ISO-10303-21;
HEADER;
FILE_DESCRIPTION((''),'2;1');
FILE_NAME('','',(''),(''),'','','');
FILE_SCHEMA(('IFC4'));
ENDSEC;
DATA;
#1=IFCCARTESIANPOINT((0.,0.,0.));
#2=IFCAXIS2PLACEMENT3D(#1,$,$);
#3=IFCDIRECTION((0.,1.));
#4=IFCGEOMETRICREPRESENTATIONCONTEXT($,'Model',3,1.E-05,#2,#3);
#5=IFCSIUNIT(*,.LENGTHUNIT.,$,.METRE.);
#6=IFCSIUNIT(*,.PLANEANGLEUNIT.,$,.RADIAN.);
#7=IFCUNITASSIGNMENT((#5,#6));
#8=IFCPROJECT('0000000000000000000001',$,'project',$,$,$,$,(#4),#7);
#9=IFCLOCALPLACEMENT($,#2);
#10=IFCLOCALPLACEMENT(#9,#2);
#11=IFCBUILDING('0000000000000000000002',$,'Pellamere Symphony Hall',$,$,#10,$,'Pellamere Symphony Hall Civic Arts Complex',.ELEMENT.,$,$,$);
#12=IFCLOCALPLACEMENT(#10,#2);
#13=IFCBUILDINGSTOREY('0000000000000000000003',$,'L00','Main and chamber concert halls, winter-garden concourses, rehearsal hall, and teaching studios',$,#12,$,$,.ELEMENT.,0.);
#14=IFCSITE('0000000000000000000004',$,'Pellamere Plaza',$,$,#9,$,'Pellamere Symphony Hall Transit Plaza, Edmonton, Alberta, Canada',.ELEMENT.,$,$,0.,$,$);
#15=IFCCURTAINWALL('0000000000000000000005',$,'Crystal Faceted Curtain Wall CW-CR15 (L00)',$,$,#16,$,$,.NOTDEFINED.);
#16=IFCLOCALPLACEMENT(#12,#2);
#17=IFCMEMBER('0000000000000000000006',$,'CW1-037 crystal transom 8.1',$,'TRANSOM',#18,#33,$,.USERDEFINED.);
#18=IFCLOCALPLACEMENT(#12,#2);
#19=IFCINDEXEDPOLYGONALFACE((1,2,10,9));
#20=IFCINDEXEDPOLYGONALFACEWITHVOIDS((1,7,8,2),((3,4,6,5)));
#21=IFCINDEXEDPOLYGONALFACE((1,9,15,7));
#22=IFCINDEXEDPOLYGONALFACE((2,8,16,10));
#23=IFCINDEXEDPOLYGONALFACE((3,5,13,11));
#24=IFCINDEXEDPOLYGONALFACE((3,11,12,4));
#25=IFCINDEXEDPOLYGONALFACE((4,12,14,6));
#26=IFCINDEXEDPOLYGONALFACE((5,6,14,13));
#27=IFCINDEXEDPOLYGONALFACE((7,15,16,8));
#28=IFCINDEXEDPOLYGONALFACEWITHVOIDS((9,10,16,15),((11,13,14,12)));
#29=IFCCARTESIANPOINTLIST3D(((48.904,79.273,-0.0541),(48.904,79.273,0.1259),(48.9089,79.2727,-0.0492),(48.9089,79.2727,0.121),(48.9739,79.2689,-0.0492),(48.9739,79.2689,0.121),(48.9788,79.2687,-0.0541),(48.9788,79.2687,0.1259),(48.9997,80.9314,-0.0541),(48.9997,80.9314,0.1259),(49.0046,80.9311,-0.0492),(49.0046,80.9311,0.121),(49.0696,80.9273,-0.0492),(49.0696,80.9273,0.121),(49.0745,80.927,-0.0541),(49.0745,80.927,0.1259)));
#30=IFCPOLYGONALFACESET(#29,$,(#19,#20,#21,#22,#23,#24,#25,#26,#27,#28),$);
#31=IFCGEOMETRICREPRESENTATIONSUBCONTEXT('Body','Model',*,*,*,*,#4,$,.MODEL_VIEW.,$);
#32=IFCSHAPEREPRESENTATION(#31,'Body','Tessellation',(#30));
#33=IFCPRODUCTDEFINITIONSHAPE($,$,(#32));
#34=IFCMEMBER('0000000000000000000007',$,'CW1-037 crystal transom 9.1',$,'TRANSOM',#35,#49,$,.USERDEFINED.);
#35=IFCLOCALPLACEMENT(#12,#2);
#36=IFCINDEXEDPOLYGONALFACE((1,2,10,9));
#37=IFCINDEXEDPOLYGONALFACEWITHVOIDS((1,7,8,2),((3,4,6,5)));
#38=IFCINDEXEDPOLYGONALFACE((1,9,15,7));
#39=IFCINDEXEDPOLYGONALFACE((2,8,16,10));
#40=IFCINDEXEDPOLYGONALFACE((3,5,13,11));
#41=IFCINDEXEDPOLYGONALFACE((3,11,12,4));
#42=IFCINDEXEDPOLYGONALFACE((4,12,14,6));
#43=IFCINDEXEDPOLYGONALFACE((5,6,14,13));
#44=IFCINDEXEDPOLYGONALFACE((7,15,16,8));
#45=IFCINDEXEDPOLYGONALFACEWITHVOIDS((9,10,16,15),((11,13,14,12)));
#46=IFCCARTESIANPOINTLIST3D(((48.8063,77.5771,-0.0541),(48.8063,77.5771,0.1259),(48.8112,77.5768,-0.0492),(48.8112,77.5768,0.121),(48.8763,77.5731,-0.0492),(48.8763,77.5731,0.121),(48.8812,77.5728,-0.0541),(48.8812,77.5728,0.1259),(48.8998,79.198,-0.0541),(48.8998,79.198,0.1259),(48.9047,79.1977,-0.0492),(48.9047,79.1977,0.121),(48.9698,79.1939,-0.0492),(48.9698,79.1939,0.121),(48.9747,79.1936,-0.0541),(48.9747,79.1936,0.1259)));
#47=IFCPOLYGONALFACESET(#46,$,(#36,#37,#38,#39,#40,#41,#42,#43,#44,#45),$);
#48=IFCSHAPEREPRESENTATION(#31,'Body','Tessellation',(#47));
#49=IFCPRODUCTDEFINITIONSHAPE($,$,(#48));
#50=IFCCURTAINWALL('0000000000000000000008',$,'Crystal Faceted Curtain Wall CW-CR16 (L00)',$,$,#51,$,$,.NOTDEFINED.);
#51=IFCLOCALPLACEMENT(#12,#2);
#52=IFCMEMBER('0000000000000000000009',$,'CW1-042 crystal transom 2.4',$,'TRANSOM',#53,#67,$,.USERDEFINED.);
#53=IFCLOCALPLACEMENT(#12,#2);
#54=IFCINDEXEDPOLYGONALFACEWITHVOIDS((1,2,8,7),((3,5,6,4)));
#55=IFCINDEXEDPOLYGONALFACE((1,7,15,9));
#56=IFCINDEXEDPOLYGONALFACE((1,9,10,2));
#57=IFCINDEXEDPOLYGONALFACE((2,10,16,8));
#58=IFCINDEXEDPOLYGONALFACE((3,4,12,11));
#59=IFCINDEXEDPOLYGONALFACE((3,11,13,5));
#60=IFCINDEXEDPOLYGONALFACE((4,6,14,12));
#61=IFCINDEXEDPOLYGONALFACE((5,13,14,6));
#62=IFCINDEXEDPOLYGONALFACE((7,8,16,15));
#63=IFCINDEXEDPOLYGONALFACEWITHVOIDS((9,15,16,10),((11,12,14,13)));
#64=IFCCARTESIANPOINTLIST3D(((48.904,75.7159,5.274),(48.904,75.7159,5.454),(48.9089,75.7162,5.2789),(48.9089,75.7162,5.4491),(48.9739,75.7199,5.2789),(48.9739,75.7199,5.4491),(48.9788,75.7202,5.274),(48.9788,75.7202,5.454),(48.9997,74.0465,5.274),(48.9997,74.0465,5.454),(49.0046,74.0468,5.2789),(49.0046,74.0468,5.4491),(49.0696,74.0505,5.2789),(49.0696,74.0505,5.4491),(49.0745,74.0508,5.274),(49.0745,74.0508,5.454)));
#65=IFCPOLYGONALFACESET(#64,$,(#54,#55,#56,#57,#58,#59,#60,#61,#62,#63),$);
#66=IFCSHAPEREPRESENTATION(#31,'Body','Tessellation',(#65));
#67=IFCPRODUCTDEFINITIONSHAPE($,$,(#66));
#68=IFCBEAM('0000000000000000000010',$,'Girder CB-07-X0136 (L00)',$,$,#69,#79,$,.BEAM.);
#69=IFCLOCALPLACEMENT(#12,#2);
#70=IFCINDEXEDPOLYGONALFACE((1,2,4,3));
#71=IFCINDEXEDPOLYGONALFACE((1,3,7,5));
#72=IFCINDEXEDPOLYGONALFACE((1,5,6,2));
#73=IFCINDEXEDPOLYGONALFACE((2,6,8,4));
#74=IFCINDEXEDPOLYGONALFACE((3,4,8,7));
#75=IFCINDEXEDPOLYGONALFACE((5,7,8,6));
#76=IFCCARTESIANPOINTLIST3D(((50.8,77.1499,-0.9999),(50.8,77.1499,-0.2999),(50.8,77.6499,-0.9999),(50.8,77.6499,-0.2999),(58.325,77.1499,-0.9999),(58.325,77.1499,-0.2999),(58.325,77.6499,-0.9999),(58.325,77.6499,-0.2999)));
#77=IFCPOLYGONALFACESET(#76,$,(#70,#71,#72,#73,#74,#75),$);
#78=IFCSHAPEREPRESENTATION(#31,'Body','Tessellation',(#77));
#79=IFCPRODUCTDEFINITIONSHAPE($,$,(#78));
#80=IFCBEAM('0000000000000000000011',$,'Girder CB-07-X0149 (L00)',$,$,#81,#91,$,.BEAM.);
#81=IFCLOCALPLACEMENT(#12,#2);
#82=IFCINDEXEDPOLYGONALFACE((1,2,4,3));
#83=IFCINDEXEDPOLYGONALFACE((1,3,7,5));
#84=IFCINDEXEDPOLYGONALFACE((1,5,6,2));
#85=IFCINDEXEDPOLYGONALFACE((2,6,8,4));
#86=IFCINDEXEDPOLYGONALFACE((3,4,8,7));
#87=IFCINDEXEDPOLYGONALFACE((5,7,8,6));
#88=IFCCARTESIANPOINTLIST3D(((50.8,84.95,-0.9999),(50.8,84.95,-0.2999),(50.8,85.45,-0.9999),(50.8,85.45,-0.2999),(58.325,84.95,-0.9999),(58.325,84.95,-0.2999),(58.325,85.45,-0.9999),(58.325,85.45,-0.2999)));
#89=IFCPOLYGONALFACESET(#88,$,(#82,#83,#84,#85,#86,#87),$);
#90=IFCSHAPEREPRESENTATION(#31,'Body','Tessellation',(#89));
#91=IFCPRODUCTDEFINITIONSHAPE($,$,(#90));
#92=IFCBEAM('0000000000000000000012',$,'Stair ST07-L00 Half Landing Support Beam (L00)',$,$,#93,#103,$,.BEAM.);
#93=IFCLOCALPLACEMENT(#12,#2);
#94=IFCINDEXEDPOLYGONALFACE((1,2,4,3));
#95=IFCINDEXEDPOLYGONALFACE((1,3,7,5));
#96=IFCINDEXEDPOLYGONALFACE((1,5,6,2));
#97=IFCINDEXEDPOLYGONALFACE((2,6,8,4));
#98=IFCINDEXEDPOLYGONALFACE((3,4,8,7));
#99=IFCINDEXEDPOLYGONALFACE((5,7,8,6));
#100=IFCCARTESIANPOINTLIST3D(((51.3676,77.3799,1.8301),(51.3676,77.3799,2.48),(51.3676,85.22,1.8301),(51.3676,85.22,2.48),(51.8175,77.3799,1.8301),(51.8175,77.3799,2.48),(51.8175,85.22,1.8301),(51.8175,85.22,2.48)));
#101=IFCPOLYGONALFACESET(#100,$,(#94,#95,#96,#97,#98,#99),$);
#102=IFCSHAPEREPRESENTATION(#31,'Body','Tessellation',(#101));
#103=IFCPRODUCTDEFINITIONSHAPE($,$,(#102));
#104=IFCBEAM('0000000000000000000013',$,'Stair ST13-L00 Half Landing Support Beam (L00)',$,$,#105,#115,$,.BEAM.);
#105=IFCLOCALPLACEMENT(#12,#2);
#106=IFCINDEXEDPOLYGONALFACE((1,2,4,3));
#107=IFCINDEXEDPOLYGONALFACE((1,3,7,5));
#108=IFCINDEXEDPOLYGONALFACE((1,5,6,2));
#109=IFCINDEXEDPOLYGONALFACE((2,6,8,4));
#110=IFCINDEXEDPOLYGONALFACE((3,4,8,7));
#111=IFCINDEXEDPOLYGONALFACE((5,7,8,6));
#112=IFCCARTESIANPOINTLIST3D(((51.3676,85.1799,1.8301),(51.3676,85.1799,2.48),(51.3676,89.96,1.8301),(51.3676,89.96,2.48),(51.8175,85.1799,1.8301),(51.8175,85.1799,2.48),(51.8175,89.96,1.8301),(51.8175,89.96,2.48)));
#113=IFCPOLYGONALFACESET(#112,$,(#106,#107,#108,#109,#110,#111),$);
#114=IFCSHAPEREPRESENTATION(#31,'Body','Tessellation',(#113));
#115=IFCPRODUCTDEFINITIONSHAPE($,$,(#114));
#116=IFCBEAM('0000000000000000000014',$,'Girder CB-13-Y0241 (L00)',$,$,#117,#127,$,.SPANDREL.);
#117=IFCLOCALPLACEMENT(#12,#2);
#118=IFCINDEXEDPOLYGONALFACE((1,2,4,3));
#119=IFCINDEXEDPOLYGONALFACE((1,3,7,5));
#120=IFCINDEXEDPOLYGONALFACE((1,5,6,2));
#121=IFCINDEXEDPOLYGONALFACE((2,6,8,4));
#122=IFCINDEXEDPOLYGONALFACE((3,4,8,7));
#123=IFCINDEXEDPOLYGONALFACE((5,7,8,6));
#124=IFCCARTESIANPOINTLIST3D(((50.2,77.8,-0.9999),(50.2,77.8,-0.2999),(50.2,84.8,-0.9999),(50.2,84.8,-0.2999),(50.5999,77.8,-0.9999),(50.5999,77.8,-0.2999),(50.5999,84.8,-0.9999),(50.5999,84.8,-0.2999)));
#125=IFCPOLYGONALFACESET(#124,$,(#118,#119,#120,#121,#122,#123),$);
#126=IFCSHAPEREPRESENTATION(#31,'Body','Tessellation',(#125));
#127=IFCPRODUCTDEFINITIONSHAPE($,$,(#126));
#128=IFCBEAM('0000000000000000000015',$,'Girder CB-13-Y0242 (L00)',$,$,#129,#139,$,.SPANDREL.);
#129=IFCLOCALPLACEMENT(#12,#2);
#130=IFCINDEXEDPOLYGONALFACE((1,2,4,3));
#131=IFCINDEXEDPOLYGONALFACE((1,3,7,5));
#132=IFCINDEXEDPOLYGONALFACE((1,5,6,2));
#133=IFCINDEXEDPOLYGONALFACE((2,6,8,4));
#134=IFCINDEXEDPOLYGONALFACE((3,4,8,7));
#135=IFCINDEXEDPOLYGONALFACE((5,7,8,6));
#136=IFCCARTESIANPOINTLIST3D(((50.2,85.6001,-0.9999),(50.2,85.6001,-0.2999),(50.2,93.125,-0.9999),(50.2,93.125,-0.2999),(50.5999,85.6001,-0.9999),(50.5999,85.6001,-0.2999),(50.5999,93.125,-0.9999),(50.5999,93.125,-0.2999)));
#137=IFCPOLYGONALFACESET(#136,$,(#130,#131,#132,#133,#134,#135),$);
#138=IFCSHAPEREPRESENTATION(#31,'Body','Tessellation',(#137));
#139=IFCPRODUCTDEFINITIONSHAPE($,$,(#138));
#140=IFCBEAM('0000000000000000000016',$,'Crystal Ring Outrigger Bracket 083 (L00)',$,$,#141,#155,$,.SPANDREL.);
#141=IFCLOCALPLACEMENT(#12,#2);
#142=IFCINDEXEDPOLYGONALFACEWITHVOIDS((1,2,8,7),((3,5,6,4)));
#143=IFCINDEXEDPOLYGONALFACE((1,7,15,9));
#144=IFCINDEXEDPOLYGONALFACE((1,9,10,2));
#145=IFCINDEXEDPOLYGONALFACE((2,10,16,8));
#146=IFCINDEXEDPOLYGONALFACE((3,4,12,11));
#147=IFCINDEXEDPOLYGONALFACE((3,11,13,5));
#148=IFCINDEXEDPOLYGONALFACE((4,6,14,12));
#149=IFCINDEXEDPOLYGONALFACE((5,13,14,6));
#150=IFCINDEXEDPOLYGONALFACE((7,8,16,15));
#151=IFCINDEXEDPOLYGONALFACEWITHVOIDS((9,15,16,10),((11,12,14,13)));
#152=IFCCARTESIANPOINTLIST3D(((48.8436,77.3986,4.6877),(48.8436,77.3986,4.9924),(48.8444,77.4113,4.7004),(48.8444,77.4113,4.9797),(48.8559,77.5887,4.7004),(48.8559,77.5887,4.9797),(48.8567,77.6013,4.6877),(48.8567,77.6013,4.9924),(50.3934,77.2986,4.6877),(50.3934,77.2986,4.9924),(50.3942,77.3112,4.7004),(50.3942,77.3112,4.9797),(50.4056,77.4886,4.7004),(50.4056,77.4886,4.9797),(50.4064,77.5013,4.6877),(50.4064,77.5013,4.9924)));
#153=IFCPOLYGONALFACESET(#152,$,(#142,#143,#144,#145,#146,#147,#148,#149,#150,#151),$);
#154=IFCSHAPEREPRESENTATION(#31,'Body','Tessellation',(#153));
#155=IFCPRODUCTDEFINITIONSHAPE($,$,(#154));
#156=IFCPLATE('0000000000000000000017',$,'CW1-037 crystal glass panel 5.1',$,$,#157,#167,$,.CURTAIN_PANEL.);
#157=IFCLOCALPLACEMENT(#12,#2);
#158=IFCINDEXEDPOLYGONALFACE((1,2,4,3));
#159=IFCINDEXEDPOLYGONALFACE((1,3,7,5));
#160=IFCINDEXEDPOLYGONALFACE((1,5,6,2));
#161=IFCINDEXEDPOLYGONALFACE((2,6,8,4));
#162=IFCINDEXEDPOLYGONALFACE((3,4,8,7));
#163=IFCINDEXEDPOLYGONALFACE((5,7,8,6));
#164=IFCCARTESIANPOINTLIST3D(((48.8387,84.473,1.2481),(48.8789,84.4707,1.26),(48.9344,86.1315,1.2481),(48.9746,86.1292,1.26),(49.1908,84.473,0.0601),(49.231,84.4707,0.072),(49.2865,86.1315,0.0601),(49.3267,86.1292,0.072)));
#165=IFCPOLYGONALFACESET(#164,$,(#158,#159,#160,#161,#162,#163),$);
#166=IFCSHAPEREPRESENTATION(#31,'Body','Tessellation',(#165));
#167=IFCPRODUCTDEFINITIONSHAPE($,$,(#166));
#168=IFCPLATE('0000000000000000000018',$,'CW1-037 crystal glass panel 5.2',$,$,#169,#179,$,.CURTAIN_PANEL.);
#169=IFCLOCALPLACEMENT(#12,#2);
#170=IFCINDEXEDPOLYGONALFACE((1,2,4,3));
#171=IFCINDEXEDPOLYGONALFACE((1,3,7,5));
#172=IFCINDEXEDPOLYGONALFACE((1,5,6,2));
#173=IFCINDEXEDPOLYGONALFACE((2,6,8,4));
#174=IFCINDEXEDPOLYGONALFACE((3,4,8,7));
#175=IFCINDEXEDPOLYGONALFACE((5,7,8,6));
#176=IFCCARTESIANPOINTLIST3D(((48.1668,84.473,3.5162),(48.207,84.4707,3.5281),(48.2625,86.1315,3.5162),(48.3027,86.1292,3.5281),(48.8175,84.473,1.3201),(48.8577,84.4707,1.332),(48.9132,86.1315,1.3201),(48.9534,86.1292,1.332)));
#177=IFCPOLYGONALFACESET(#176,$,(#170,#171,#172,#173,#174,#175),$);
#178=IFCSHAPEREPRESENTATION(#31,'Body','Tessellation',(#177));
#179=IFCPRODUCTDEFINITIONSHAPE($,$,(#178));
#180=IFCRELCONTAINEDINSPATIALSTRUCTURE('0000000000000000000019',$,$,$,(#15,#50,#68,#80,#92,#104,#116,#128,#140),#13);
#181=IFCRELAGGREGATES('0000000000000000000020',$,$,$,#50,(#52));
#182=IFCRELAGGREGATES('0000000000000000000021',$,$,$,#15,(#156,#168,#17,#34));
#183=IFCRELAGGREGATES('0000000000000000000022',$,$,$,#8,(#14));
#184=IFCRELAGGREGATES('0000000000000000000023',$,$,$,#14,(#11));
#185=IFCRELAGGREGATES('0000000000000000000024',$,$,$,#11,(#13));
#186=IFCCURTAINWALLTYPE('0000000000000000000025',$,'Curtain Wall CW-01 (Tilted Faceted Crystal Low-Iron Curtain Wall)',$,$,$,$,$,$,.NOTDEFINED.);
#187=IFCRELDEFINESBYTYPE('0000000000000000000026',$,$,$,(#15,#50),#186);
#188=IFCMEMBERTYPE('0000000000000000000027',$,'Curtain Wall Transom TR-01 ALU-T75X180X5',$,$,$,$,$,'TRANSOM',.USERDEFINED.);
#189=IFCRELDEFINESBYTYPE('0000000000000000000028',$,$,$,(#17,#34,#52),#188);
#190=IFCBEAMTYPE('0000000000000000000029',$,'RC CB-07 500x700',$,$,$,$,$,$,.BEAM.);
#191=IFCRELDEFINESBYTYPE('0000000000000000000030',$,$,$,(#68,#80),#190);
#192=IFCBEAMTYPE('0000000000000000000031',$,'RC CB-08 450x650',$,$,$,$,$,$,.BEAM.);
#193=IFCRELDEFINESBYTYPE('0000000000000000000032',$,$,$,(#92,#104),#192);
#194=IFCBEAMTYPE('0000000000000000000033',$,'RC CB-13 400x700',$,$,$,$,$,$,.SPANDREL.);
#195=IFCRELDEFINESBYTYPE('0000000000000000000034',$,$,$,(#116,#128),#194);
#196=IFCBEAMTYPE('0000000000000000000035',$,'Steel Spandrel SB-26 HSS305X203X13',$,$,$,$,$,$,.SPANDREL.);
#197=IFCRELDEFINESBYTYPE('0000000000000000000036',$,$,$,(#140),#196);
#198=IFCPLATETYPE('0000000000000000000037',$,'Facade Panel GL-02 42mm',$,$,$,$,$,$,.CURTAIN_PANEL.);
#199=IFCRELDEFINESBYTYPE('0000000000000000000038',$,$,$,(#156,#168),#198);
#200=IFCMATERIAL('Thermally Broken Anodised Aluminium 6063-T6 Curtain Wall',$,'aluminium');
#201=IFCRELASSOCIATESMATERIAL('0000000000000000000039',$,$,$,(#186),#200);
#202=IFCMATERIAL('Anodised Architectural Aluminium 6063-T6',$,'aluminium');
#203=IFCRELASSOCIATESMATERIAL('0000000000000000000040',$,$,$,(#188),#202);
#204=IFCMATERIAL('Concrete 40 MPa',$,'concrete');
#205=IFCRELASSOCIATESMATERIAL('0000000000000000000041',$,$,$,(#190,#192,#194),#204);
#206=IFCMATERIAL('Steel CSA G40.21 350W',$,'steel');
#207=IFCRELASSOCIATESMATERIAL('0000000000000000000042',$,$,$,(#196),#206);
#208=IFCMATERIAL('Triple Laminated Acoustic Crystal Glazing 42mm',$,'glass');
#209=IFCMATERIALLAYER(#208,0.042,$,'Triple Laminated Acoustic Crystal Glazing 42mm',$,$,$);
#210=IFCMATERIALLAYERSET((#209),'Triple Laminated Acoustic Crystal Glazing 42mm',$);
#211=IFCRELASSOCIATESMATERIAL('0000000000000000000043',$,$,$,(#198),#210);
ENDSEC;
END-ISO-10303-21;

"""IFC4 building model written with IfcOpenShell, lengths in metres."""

from ifc_helpers import new_model, si_unit, direction, frame, origin, origin_2d, place, context, subcontext, project, spatial, polyline, rectangle, hollow_rectangle, outline, extrude, material, layer, layer_set, material_profile, profile_set, type_object, element, aggregate, save


model = new_model("IFC4")

# Units and contexts
model_context = context("Model", 3, precision=1e-05, world=origin(), true_north=direction((0.0, 1.0)))
body_context = subcontext(model_context, "Body", "Model", "MODEL_VIEW")
ifc_project = project(units=[si_unit("LENGTHUNIT", "METRE"), si_unit("PLANEANGLEUNIT", "RADIAN")], contexts=[model_context])

# Site, building, storey
site_placement = place(None, origin())
site = spatial("IfcSite", under=ifc_project, at=site_placement, Name="Pellamere Plaza", LongName="Pellamere Symphony Hall Transit Plaza, Edmonton, Alberta, Canada", CompositionType="ELEMENT", RefElevation=0.0)
building_placement = place(site_placement, origin())
building = spatial("IfcBuilding", under=site, at=building_placement, Name="Pellamere Symphony Hall", LongName="Pellamere Symphony Hall Civic Arts Complex", CompositionType="ELEMENT")
storey_placement = place(building_placement, origin())
storey = spatial("IfcBuildingStorey", under=building, at=storey_placement, Name="L00", Description="Main and chamber concert halls, winter-garden concourses, rehearsal hall, and teaching studios", CompositionType="ELEMENT", Elevation=0.0)

# Shared definitions
ifc_material_1 = material(Name="Concrete 40 MPa", Category="concrete")

# Curtain wall, members
ifc_material_2 = material(Name="Thermally Broken Anodised Aluminium 6063-T6 Curtain Wall", Category="aluminium")
curtain_wall_type = type_object("IfcCurtainWallType", Name="Curtain Wall CW-01 (Tilted Faceted Crystal Low-Iron Curtain Wall)", PredefinedType="NOTDEFINED", material=ifc_material_2)
curtain_wall_1_placement = place(storey_placement, origin())
curtain_wall_1 = element("IfcCurtainWall", 1, at=curtain_wall_1_placement, inside=storey, type_object=curtain_wall_type, Name="Crystal Faceted Curtain Wall CW-CR15 (L00)", PredefinedType="NOTDEFINED")
ifc_material_3 = material(Name="Anodised Architectural Aluminium 6063-T6", Category="aluminium")
ifc_material_profile_1 = material_profile(ifc_material_3, hollow_rectangle(XDim=0.075, YDim=0.1799, WallThickness=0.0049, at=origin_2d()), Name="ALU-T75X180X5")
ifc_profile_set_1 = profile_set([ifc_material_profile_1], Name="Anodised Architectural Aluminium 6063-T6")
member_type_1 = type_object("IfcMemberType", Name="Curtain Wall Transom TR-01 ALU-T75X180X5", ElementType="TRANSOM", PredefinedType="USERDEFINED", material=ifc_profile_set_1)
member_1_placement = place(storey_placement, frame((49.0371, 80.9292, 0.0359), z_axis=(-0.057611, -0.998339, 0.0), x_axis=(0.998339, -0.057611, 0.0)))
member_1 = element("IfcMember", 2, at=member_1_placement, type_object=member_type_1, Name="CW1-037 crystal transom 8.1", ObjectType="TRANSOM", PredefinedType="USERDEFINED", context=body_context, shape_type="SweptSolid", body=[
    extrude(hollow_rectangle(XDim=0.075, YDim=0.1799, WallThickness=0.0049, at=origin_2d()), origin(), (0.0, 0.0, 1.0), 1.6611),
])
member_2_placement = place(storey_placement, frame((48.9373, 79.1958, 0.0359), z_axis=(-0.057594, -0.99834, 0.0), x_axis=(0.99834, -0.057594, 0.0)))
member_2 = element("IfcMember", 3, at=member_2_placement, type_object=member_type_1, Name="CW1-037 crystal transom 9.1", ObjectType="TRANSOM", PredefinedType="USERDEFINED", context=body_context, shape_type="SweptSolid", body=[
    extrude(hollow_rectangle(XDim=0.075, YDim=0.1799, WallThickness=0.0049, at=origin_2d()), origin(), (0.0, 0.0, 1.0), 1.6235),
])

# Curtain wall, member
curtain_wall_2_placement = place(storey_placement, origin())
curtain_wall_2 = element("IfcCurtainWall", 4, at=curtain_wall_2_placement, inside=storey, type_object=curtain_wall_type, Name="Crystal Faceted Curtain Wall CW-CR16 (L00)", PredefinedType="NOTDEFINED")
member_3_placement = place(storey_placement, frame((48.9414, 75.718, 5.364), z_axis=(0.057233, -0.998361, 0.0), x_axis=(0.998361, 0.057233, 0.0)))
member_3 = element("IfcMember", 5, at=member_3_placement, type_object=member_type_1, Name="CW1-042 crystal transom 2.4", ObjectType="TRANSOM", PredefinedType="USERDEFINED", context=body_context, shape_type="SweptSolid", body=[
    extrude(hollow_rectangle(XDim=0.075, YDim=0.1799, WallThickness=0.0049, at=origin_2d()), origin(), (0.0, 0.0, 1.0), 1.6721),
])
aggregate(curtain_wall_2, [member_3])

# Beams
ifc_material_profile_2 = material_profile(ifc_material_1, rectangle(XDim=0.5, YDim=0.7, at=origin_2d()), Name="RC 500x700")
ifc_profile_set_2 = profile_set([ifc_material_profile_2], Name="Concrete 40 MPa")
beam_type_1 = type_object("IfcBeamType", Name="RC CB-07 500x700", PredefinedType="BEAM", material=ifc_profile_set_2)
for number, where, z_axis, x_axis, name in (
    (6, (50.8, 77.3999, -0.6499), (1.0, 0.0, 0.0), (0.0, 1.0, 0.0), "Girder CB-07-X0136 (L00)"),
    (7, (50.8, 85.2, -0.6499), (1.0, 0.0, 0.0), (0.0, 1.0, 0.0), "Girder CB-07-X0149 (L00)"),
):
    element("IfcBeam", number, at=place(storey_placement, frame(where, z_axis=z_axis, x_axis=x_axis)), inside=storey, type_object=beam_type_1, Name=name, PredefinedType="BEAM", context=body_context, shape_type="SweptSolid", body=[
        extrude(rectangle(XDim=0.5, YDim=0.7, at=origin_2d()), origin(), (0.0, 0.0, 1.0), 7.5249),
    ])
ifc_material_profile_3 = material_profile(ifc_material_1, rectangle(XDim=0.45, YDim=0.6499, at=origin_2d()), Name="RC 450x650")
ifc_profile_set_3 = profile_set([ifc_material_profile_3], Name="Concrete 40 MPa")
beam_type_2 = type_object("IfcBeamType", Name="RC CB-08 450x650", PredefinedType="BEAM", material=ifc_profile_set_3)
beam_1_placement = place(storey_placement, frame((51.5925, 77.3799, 2.155), z_axis=(0.0, 1.0, 0.0), x_axis=(-1.0, 0.0, 0.0)))
element("IfcBeam", 8, at=beam_1_placement, inside=storey, type_object=beam_type_2, Name="Stair ST07-L00 Half Landing Support Beam (L00)", PredefinedType="BEAM", context=body_context, shape_type="SweptSolid", body=[
    extrude(rectangle(XDim=0.45, YDim=0.6499, at=origin_2d()), origin(), (0.0, 0.0, 1.0), 7.8401),
])
beam_2_placement = place(storey_placement, frame((51.5925, 85.1799, 2.155), z_axis=(0.0, 1.0, 0.0), x_axis=(-1.0, 0.0, 0.0)))
element("IfcBeam", 9, at=beam_2_placement, inside=storey, type_object=beam_type_2, Name="Stair ST13-L00 Half Landing Support Beam (L00)", PredefinedType="BEAM", context=body_context, shape_type="SweptSolid", body=[
    extrude(rectangle(XDim=0.45, YDim=0.6499, at=origin_2d()), origin(), (0.0, 0.0, 1.0), 4.78),
])
ifc_material_profile_4 = material_profile(ifc_material_1, rectangle(XDim=0.3999, YDim=0.7, at=origin_2d()), Name="RC 400x700")
ifc_profile_set_4 = profile_set([ifc_material_profile_4], Name="Concrete 40 MPa")
beam_type_3 = type_object("IfcBeamType", Name="RC CB-13 400x700", PredefinedType="SPANDREL", material=ifc_profile_set_4)
beam_3_placement = place(storey_placement, frame((50.3999, 77.8, -0.6499), z_axis=(0.0, 1.0, 0.0), x_axis=(-1.0, 0.0, 0.0)))
element("IfcBeam", 10, at=beam_3_placement, inside=storey, type_object=beam_type_3, Name="Girder CB-13-Y0241 (L00)", PredefinedType="SPANDREL", context=body_context, shape_type="SweptSolid", body=[
    extrude(rectangle(XDim=0.3999, YDim=0.7, at=origin_2d()), origin(), (0.0, 0.0, 1.0), 7.0),
])
beam_4_placement = place(storey_placement, frame((50.3999, 85.6001, -0.6499), z_axis=(0.0, 1.0, 0.0), x_axis=(-1.0, 0.0, 0.0)))
element("IfcBeam", 11, at=beam_4_placement, inside=storey, type_object=beam_type_3, Name="Girder CB-13-Y0242 (L00)", PredefinedType="SPANDREL", context=body_context, shape_type="SweptSolid", body=[
    extrude(rectangle(XDim=0.3999, YDim=0.7, at=origin_2d()), origin(), (0.0, 0.0, 1.0), 7.5249),
])
ifc_material_4 = material(Name="Steel CSA G40.21 350W", Category="steel")
ifc_material_profile_5 = material_profile(ifc_material_4, hollow_rectangle(XDim=0.2031, YDim=0.3047, WallThickness=0.0127, at=origin_2d()), Name="HSS305X203X13")
ifc_profile_set_5 = profile_set([ifc_material_profile_5], Name="Steel CSA G40.21 350W")
beam_type_4 = type_object("IfcBeamType", Name="Steel Spandrel SB-26 HSS305X203X13", PredefinedType="SPANDREL", material=ifc_profile_set_5)
beam_5_placement = place(storey_placement, frame((50.3999, 77.3999, 4.8401), z_axis=(-0.997921, 0.064453, 0.0), x_axis=(-0.064453, -0.997921, 0.0)))
element("IfcBeam", 12, at=beam_5_placement, inside=storey, type_object=beam_type_4, Name="Crystal Ring Outrigger Bracket 083 (L00)", PredefinedType="SPANDREL", context=body_context, shape_type="SweptSolid", body=[
    extrude(hollow_rectangle(XDim=0.2031, YDim=0.3047, WallThickness=0.0127, at=origin_2d()), origin(), (0.0, 0.0, 1.0), 1.553),
])

# Plates
ifc_material_5 = material(Name="Triple Laminated Acoustic Crystal Glazing 42mm", Category="glass")
ifc_layer_1 = layer(ifc_material_5, 0.042, Name="Triple Laminated Acoustic Crystal Glazing 42mm")
ifc_layer_set_1 = layer_set([ifc_layer_1], Name="Triple Laminated Acoustic Crystal Glazing 42mm")
plate_type_1 = type_object("IfcPlateType", Name="Facade Panel GL-02 42mm", PredefinedType="CURTAIN_PANEL", material=ifc_layer_set_1)
plate_1_placement = place(storey_placement, frame((49.3267, 86.1292, 0.072), z_axis=(0.957322, -0.055244, 0.283695), x_axis=(-0.057611, -0.998339, 0.0)))
plate_1 = element("IfcPlate", 13, at=plate_1_placement, type_object=plate_type_1, Name="CW1-037 crystal glass panel 5.1", PredefinedType="CURTAIN_PANEL", context=body_context, shape_type="SweptSolid", body=[
    extrude(outline(polyline([(0.0, 0.0), (1.6612, 0.0), (1.6815, -1.2389), (0.0203, -1.2389), (0.0, 0.0)])), origin(), (0.0, 0.0, -1.0), 0.042),
])
plate_2_placement = place(storey_placement, frame((48.9534, 86.1292, 1.332), z_axis=(0.957339, -0.055245, 0.283636), x_axis=(-0.057611, -0.998339, 0.0)))
plate_2 = element("IfcPlate", 14, at=plate_2_placement, type_object=plate_type_1, Name="CW1-037 crystal glass panel 5.2", PredefinedType="CURTAIN_PANEL", context=body_context, shape_type="SweptSolid", body=[
    extrude(outline(polyline([(0.0, 0.0), (1.6612, 0.0), (1.6987, -2.2901), (0.0375, -2.2901), (0.0, 0.0)])), origin(), (0.0, 0.0, -1.0), 0.042),
])
aggregate(curtain_wall_1, [plate_1, plate_2, member_1, member_2])

save(model, "model.ifc")
